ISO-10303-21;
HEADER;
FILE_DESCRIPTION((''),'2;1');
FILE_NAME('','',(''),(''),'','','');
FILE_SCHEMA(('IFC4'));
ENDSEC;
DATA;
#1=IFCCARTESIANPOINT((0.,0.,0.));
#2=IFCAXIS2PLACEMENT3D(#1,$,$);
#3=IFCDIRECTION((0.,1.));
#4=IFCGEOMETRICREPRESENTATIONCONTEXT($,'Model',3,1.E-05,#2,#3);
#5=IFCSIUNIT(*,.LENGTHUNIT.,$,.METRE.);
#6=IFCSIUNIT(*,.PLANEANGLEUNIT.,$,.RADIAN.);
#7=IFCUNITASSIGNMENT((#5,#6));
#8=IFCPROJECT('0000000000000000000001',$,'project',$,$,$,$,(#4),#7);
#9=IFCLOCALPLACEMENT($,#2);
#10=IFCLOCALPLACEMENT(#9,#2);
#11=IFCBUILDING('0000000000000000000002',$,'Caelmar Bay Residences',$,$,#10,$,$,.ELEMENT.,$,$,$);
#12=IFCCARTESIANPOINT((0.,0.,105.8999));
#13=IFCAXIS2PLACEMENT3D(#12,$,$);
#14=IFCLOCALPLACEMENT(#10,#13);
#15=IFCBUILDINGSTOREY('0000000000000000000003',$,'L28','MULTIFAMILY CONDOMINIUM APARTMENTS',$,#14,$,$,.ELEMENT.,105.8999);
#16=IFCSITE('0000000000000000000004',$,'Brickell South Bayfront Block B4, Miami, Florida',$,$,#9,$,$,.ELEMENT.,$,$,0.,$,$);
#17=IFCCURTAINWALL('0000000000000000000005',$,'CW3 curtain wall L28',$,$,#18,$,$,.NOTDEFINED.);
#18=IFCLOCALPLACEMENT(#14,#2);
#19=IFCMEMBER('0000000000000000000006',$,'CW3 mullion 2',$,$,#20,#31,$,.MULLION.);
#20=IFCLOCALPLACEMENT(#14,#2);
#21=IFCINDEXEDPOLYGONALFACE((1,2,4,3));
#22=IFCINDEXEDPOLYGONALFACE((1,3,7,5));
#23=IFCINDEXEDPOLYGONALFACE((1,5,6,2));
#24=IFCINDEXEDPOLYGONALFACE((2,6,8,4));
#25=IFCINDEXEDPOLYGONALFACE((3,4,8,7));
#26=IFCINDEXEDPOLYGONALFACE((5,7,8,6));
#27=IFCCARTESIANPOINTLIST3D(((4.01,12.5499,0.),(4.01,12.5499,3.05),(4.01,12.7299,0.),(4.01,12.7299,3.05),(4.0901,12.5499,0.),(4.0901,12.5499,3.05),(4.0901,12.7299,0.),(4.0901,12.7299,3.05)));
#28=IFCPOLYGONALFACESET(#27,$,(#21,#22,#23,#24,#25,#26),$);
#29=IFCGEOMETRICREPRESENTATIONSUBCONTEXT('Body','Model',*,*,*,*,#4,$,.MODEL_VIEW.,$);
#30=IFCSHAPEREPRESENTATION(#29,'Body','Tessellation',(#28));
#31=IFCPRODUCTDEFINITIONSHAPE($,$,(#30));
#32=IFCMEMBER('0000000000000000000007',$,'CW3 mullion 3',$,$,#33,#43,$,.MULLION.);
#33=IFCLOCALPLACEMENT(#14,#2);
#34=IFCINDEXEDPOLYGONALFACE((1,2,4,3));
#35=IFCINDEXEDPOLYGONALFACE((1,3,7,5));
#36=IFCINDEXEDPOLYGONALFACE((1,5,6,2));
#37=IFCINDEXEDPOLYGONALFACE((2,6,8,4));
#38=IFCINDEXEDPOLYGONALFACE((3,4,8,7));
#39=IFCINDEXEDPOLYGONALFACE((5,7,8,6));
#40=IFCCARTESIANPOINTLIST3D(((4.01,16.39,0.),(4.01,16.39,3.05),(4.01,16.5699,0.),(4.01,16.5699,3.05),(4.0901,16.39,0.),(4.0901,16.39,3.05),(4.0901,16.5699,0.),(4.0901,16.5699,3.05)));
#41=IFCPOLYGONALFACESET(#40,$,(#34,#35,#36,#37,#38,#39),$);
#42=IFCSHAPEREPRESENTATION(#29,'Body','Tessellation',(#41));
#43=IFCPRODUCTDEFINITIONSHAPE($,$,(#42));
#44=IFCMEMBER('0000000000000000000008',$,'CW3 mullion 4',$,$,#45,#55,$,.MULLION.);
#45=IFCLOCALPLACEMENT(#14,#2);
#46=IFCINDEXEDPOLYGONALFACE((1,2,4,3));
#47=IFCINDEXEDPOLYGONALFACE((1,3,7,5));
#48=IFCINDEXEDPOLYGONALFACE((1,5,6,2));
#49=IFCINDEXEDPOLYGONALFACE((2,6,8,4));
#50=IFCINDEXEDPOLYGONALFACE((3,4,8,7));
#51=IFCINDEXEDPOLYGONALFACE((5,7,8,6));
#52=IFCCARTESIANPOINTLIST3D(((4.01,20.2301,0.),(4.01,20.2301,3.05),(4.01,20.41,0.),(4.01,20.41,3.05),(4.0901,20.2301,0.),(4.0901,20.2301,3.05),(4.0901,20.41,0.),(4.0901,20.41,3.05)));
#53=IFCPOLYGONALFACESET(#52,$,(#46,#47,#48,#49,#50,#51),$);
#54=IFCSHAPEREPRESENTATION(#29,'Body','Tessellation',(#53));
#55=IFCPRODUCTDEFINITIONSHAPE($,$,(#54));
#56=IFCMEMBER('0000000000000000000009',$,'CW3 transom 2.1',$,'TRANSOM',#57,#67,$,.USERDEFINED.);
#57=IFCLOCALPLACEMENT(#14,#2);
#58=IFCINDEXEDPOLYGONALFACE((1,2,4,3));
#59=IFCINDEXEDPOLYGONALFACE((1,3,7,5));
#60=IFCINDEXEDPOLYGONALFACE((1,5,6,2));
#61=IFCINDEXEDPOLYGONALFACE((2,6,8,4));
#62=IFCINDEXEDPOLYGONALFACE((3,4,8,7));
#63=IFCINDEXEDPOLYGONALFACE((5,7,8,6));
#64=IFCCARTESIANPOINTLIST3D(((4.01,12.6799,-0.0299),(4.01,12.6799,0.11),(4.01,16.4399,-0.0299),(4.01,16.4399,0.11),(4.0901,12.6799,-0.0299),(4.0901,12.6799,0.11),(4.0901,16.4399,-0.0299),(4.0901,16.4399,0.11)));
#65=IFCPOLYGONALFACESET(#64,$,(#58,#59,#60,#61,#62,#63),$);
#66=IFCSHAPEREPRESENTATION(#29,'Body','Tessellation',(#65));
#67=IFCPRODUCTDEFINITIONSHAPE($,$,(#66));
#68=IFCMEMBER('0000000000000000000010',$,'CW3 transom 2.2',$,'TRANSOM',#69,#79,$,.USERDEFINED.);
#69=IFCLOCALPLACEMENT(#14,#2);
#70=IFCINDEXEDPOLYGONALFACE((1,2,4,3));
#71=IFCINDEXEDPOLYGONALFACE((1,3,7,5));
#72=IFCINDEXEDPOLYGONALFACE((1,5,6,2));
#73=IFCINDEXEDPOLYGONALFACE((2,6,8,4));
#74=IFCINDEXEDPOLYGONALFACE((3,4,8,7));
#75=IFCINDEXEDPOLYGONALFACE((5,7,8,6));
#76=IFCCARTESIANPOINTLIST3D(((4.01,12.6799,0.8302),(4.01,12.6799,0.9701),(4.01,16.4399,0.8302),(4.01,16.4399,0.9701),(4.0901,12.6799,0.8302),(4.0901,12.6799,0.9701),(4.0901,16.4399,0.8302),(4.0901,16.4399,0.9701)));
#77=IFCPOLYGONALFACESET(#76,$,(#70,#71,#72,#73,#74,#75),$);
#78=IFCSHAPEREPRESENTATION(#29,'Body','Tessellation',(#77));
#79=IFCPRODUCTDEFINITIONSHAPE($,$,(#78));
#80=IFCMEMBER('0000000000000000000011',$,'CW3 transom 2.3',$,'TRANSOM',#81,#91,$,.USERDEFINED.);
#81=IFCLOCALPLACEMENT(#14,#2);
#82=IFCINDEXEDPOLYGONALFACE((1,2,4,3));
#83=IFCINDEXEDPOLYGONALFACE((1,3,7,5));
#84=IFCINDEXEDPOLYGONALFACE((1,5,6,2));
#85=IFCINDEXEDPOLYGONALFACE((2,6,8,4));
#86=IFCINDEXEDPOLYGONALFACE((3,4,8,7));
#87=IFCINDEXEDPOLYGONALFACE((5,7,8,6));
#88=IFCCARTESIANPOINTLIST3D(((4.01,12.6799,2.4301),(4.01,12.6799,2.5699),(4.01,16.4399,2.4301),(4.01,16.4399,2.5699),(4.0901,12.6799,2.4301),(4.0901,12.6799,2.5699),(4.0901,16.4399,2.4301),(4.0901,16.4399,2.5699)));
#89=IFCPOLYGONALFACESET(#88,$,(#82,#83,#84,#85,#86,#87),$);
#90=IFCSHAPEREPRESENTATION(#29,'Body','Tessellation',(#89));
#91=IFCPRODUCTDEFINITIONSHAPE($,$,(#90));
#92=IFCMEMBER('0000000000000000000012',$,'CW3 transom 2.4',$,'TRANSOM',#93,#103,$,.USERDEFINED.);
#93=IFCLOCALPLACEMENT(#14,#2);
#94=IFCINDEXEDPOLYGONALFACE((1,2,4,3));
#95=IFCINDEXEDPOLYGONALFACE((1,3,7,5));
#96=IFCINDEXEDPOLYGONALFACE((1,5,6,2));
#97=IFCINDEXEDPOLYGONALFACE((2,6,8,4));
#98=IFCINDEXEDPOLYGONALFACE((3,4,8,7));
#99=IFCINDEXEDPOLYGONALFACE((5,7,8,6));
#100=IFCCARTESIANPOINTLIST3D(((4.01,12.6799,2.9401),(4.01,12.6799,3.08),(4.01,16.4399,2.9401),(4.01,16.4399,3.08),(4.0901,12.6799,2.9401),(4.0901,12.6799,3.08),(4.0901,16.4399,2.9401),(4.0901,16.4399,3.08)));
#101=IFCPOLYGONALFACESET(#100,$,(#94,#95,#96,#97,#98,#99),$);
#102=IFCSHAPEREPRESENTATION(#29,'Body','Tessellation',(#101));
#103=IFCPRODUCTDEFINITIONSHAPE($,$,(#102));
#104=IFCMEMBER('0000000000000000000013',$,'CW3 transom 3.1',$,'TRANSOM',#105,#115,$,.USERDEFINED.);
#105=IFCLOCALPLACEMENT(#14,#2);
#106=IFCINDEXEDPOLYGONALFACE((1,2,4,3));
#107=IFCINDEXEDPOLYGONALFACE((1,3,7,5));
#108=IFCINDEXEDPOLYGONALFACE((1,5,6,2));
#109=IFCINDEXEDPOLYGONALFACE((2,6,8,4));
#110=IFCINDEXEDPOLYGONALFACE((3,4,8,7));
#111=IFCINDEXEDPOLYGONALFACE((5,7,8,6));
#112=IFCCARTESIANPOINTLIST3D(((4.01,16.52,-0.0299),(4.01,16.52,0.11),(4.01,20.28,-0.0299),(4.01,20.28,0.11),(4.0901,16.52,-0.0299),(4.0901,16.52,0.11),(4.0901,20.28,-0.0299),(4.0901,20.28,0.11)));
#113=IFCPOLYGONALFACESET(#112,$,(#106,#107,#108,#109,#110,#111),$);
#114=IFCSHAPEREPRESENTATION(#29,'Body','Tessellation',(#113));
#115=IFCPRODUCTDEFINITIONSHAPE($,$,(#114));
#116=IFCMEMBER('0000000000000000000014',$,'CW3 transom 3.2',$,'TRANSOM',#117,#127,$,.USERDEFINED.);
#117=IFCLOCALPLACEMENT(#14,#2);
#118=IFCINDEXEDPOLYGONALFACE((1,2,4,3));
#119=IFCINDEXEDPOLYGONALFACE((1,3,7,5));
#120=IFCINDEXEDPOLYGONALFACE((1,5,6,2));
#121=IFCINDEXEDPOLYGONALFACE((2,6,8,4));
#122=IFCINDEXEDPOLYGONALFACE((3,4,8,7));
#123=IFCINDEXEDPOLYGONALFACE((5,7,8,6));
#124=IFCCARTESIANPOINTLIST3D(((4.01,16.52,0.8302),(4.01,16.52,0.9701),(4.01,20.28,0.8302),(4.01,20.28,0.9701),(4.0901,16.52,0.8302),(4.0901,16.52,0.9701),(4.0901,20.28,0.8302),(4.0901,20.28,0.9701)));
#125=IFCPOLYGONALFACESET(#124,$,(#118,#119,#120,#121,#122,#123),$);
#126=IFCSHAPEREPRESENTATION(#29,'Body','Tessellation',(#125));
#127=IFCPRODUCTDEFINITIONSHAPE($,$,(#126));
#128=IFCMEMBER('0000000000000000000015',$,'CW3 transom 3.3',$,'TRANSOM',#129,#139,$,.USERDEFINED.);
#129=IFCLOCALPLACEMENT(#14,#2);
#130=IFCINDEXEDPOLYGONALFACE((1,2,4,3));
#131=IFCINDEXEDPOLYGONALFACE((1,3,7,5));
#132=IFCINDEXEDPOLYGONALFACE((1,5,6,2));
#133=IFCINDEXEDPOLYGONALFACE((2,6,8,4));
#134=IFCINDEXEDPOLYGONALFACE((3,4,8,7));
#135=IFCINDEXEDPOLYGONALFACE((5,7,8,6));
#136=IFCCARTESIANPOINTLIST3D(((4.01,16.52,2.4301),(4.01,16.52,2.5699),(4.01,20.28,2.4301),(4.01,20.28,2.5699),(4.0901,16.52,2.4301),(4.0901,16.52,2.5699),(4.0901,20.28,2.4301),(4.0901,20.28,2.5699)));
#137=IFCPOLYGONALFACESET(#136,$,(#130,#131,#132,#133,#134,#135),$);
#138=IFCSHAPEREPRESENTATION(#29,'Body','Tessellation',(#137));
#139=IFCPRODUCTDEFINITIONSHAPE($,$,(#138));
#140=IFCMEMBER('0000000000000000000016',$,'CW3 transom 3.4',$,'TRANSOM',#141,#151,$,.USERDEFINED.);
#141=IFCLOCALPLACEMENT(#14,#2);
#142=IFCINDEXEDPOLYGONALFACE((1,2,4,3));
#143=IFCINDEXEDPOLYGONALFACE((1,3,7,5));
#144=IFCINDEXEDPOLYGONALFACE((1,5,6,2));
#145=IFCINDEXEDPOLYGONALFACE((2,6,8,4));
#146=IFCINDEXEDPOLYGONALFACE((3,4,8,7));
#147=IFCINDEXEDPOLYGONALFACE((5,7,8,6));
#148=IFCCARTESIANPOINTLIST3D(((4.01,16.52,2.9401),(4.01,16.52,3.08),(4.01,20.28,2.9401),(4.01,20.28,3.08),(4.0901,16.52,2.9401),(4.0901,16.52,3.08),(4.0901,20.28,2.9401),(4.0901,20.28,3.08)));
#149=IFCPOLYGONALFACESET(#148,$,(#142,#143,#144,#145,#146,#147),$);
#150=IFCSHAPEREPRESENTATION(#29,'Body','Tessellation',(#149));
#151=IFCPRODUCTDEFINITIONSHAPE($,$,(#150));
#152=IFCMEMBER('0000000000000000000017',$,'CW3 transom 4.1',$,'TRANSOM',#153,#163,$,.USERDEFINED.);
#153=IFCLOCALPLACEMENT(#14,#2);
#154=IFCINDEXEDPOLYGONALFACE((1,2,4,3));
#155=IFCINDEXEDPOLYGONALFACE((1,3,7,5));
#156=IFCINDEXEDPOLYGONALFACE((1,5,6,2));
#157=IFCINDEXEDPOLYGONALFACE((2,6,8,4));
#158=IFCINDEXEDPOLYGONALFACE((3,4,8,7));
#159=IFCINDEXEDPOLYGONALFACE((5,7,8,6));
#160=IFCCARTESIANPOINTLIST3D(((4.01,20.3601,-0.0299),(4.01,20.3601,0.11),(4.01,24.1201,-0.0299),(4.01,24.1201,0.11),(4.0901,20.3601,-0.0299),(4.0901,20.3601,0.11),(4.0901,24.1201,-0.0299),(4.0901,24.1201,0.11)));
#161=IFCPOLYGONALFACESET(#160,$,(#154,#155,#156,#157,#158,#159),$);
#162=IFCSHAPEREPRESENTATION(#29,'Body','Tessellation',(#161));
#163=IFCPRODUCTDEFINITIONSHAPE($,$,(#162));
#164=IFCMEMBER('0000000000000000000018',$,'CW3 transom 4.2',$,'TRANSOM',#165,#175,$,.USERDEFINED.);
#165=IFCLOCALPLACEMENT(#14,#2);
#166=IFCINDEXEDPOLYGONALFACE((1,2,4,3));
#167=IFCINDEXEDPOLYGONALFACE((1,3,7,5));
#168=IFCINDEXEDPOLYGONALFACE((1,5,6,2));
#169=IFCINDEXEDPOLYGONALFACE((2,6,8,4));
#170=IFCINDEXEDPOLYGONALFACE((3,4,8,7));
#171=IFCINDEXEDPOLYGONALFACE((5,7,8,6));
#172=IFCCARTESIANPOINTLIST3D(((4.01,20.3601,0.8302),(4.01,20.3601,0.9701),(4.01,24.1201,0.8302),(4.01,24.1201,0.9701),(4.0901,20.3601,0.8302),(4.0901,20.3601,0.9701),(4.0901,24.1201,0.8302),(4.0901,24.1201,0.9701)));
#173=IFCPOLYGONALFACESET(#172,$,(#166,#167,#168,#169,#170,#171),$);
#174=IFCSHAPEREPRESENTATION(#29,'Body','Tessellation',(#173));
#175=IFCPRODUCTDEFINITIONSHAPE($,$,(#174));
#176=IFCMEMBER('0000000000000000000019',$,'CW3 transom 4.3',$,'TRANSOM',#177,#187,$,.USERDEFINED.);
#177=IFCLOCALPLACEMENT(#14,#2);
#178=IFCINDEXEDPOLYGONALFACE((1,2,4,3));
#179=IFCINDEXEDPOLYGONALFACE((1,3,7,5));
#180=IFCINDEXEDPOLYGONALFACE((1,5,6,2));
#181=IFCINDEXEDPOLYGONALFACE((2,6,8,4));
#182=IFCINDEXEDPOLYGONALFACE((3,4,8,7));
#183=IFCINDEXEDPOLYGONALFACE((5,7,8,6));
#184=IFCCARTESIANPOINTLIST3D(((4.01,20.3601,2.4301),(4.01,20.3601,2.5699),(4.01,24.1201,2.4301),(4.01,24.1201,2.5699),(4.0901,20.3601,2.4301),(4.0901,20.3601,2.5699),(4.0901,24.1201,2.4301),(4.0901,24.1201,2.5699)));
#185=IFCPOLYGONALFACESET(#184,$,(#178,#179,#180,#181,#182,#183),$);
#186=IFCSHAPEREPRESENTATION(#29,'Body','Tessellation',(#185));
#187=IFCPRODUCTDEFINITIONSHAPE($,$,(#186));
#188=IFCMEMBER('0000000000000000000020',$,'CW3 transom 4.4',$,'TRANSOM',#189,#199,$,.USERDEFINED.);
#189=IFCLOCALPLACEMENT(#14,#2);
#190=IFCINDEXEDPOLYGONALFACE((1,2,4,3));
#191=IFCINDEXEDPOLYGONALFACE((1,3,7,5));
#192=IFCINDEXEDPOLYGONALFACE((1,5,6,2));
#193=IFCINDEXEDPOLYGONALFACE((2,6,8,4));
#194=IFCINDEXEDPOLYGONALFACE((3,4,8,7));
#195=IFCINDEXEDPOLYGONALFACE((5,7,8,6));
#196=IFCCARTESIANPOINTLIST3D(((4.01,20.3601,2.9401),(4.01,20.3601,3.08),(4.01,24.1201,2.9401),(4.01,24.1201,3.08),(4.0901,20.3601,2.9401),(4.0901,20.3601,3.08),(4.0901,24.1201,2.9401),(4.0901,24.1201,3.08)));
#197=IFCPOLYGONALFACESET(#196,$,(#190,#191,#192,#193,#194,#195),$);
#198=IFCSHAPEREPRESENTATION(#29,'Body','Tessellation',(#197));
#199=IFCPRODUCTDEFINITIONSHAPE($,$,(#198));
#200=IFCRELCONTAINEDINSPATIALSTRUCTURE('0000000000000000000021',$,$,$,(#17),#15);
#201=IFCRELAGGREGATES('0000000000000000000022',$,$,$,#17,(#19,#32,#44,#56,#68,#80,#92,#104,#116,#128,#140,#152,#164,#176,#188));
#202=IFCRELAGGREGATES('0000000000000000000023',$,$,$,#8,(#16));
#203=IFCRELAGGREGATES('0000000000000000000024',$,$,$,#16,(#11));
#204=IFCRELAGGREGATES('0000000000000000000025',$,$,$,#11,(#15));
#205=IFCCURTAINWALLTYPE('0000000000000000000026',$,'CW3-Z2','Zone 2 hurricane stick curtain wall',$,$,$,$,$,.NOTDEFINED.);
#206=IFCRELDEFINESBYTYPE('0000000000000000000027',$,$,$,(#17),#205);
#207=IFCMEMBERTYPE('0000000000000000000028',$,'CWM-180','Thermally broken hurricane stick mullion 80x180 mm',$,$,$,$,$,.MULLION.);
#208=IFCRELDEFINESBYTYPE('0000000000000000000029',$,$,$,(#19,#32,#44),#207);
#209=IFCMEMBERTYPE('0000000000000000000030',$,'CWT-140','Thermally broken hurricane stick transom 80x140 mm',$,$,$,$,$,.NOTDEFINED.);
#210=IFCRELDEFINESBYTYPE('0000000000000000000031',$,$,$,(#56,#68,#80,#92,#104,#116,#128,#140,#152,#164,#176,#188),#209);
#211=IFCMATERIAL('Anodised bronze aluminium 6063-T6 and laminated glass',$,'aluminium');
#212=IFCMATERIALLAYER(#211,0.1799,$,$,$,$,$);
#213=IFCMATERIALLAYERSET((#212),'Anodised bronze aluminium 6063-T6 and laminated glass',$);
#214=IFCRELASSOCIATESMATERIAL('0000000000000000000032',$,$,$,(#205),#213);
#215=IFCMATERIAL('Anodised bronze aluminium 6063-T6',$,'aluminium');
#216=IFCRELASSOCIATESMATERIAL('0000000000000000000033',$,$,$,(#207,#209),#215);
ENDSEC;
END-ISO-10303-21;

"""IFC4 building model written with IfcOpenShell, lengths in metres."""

from ifc_helpers import new_model, si_unit, direction, frame, origin, origin_2d, place, context, subcontext, project, spatial, rectangle, extrude, material, layer, layer_set, material_profile, profile_set, type_object, element, aggregate, save


model = new_model("IFC4")

# Units and contexts
model_context = context("Model", 3, precision=1e-05, world=origin(), true_north=direction((0.0, 1.0)))
body_context = subcontext(model_context, "Body", "Model", "MODEL_VIEW")
ifc_project = project(units=[si_unit("LENGTHUNIT", "METRE"), si_unit("PLANEANGLEUNIT", "RADIAN")], contexts=[model_context])

# Site, building, storey
site_placement = place(None, origin())
site = spatial("IfcSite", under=ifc_project, at=site_placement, Name="Brickell South Bayfront Block B4, Miami, Florida", CompositionType="ELEMENT", RefElevation=0.0)
building_placement = place(site_placement, origin())
building = spatial("IfcBuilding", under=site, at=building_placement, Name="Caelmar Bay Residences", CompositionType="ELEMENT")
storey_placement = place(building_placement, frame((0.0, 0.0, 105.8999)))
storey = spatial("IfcBuildingStorey", under=building, at=storey_placement, Name="L28", Description="MULTIFAMILY CONDOMINIUM APARTMENTS", CompositionType="ELEMENT", Elevation=105.8999)

# Curtain wall, members
ifc_material_1 = material(Name="Anodised bronze aluminium 6063-T6 and laminated glass", Category="aluminium")
ifc_layer_1 = layer(ifc_material_1, 0.1799)
ifc_layer_set_1 = layer_set([ifc_layer_1], Name="Anodised bronze aluminium 6063-T6 and laminated glass")
curtain_wall_type = type_object("IfcCurtainWallType", Name="CW3-Z2", Description="Zone 2 hurricane stick curtain wall", PredefinedType="NOTDEFINED", material=ifc_layer_set_1)
curtain_wall_placement = place(storey_placement, origin())
curtain_wall = element("IfcCurtainWall", 1, at=curtain_wall_placement, inside=storey, type_object=curtain_wall_type, Name="CW3 curtain wall L28", PredefinedType="NOTDEFINED")
ifc_material_2 = material(Name="Anodised bronze aluminium 6063-T6", Category="aluminium")
ifc_material_profile_1 = material_profile(ifc_material_2, rectangle(XDim=0.0801, YDim=0.1799, at=origin_2d()), Name="CWM-80X180")
ifc_profile_set_1 = profile_set([ifc_material_profile_1], Name="Anodised bronze aluminium 6063-T6")
member_type_1 = type_object("IfcMemberType", Name="CWM-180", Description="Thermally broken hurricane stick mullion 80x180 mm", PredefinedType="MULLION", material=ifc_profile_set_1)
member_1_placement = place(storey_placement, frame((4.05, 12.6399, 0.0), z_axis=(0.0, 0.0, 1.0), x_axis=(-1.0, 0.0, 0.0)))
member_1 = element("IfcMember", 2, at=member_1_placement, type_object=member_type_1, Name="CW3 mullion 2", PredefinedType="MULLION", context=body_context, shape_type="SweptSolid", body=[
    extrude(rectangle(XDim=0.0801, YDim=0.1799, at=origin_2d()), origin(), (0.0, 0.0, 1.0), 3.05),
])
member_2_placement = place(storey_placement, frame((4.05, 16.48, 0.0), z_axis=(0.0, 0.0, 1.0), x_axis=(-1.0, 0.0, 0.0)))
member_2 = element("IfcMember", 3, at=member_2_placement, type_object=member_type_1, Name="CW3 mullion 3", PredefinedType="MULLION", context=body_context, shape_type="SweptSolid", body=[
    extrude(rectangle(XDim=0.0801, YDim=0.1799, at=origin_2d()), origin(), (0.0, 0.0, 1.0), 3.05),
])
member_3_placement = place(storey_placement, frame((4.05, 20.3201, 0.0), z_axis=(0.0, 0.0, 1.0), x_axis=(-1.0, 0.0, 0.0)))
member_3 = element("IfcMember", 4, at=member_3_placement, type_object=member_type_1, Name="CW3 mullion 4", PredefinedType="MULLION", context=body_context, shape_type="SweptSolid", body=[
    extrude(rectangle(XDim=0.0801, YDim=0.1799, at=origin_2d()), origin(), (0.0, 0.0, 1.0), 3.05),
])
ifc_material_profile_2 = material_profile(ifc_material_2, rectangle(XDim=0.0801, YDim=0.1399, at=origin_2d()), Name="CWT-80X140")
ifc_profile_set_2 = profile_set([ifc_material_profile_2], Name="Anodised bronze aluminium 6063-T6")
member_type_2 = type_object("IfcMemberType", Name="CWT-140", Description="Thermally broken hurricane stick transom 80x140 mm", PredefinedType="NOTDEFINED", material=ifc_profile_set_2)
member_4_placement = place(storey_placement, frame((4.05, 12.6799, 0.04), z_axis=(0.0, 1.0, 0.0), x_axis=(-1.0, 0.0, 0.0)))
member_4 = element("IfcMember", 5, at=member_4_placement, type_object=member_type_2, Name="CW3 transom 2.1", ObjectType="TRANSOM", PredefinedType="USERDEFINED", context=body_context, shape_type="SweptSolid", body=[
    extrude(rectangle(XDim=0.0801, YDim=0.1399, at=origin_2d()), origin(), (0.0, 0.0, 1.0), 3.76),
])
member_5_placement = place(storey_placement, frame((4.05, 12.6799, 0.9001), z_axis=(0.0, 1.0, 0.0), x_axis=(-1.0, 0.0, 0.0)))
member_5 = element("IfcMember", 6, at=member_5_placement, type_object=member_type_2, Name="CW3 transom 2.2", ObjectType="TRANSOM", PredefinedType="USERDEFINED", context=body_context, shape_type="SweptSolid", body=[
    extrude(rectangle(XDim=0.0801, YDim=0.1399, at=origin_2d()), origin(), (0.0, 0.0, 1.0), 3.76),
])
member_6_placement = place(storey_placement, frame((4.05, 12.6799, 2.5), z_axis=(0.0, 1.0, 0.0), x_axis=(-1.0, 0.0, 0.0)))
member_6 = element("IfcMember", 7, at=member_6_placement, type_object=member_type_2, Name="CW3 transom 2.3", ObjectType="TRANSOM", PredefinedType="USERDEFINED", context=body_context, shape_type="SweptSolid", body=[
    extrude(rectangle(XDim=0.0801, YDim=0.1399, at=origin_2d()), origin(), (0.0, 0.0, 1.0), 3.76),
])
member_7_placement = place(storey_placement, frame((4.05, 12.6799, 3.01), z_axis=(0.0, 1.0, 0.0), x_axis=(-1.0, 0.0, 0.0)))
member_7 = element("IfcMember", 8, at=member_7_placement, type_object=member_type_2, Name="CW3 transom 2.4", ObjectType="TRANSOM", PredefinedType="USERDEFINED", context=body_context, shape_type="SweptSolid", body=[
    extrude(rectangle(XDim=0.0801, YDim=0.1399, at=origin_2d()), origin(), (0.0, 0.0, 1.0), 3.76),
])
member_8_placement = place(storey_placement, frame((4.05, 16.52, 0.04), z_axis=(0.0, 1.0, 0.0), x_axis=(-1.0, 0.0, 0.0)))
member_8 = element("IfcMember", 9, at=member_8_placement, type_object=member_type_2, Name="CW3 transom 3.1", ObjectType="TRANSOM", PredefinedType="USERDEFINED", context=body_context, shape_type="SweptSolid", body=[
    extrude(rectangle(XDim=0.0801, YDim=0.1399, at=origin_2d()), origin(), (0.0, 0.0, 1.0), 3.76),
])
member_9_placement = place(storey_placement, frame((4.05, 16.52, 0.9001), z_axis=(0.0, 1.0, 0.0), x_axis=(-1.0, 0.0, 0.0)))
member_9 = element("IfcMember", 10, at=member_9_placement, type_object=member_type_2, Name="CW3 transom 3.2", ObjectType="TRANSOM", PredefinedType="USERDEFINED", context=body_context, shape_type="SweptSolid", body=[
    extrude(rectangle(XDim=0.0801, YDim=0.1399, at=origin_2d()), origin(), (0.0, 0.0, 1.0), 3.76),
])
member_10_placement = place(storey_placement, frame((4.05, 16.52, 2.5), z_axis=(0.0, 1.0, 0.0), x_axis=(-1.0, 0.0, 0.0)))
member_10 = element("IfcMember", 11, at=member_10_placement, type_object=member_type_2, Name="CW3 transom 3.3", ObjectType="TRANSOM", PredefinedType="USERDEFINED", context=body_context, shape_type="SweptSolid", body=[
    extrude(rectangle(XDim=0.0801, YDim=0.1399, at=origin_2d()), origin(), (0.0, 0.0, 1.0), 3.76),
])
member_11_placement = place(storey_placement, frame((4.05, 16.52, 3.01), z_axis=(0.0, 1.0, 0.0), x_axis=(-1.0, 0.0, 0.0)))
member_11 = element("IfcMember", 12, at=member_11_placement, type_object=member_type_2, Name="CW3 transom 3.4", ObjectType="TRANSOM", PredefinedType="USERDEFINED", context=body_context, shape_type="SweptSolid", body=[
    extrude(rectangle(XDim=0.0801, YDim=0.1399, at=origin_2d()), origin(), (0.0, 0.0, 1.0), 3.76),
])
member_12_placement = place(storey_placement, frame((4.05, 20.3601, 0.04), z_axis=(0.0, 1.0, 0.0), x_axis=(-1.0, 0.0, 0.0)))
member_12 = element("IfcMember", 13, at=member_12_placement, type_object=member_type_2, Name="CW3 transom 4.1", ObjectType="TRANSOM", PredefinedType="USERDEFINED", context=body_context, shape_type="SweptSolid", body=[
    extrude(rectangle(XDim=0.0801, YDim=0.1399, at=origin_2d()), origin(), (0.0, 0.0, 1.0), 3.76),
])
member_13_placement = place(storey_placement, frame((4.05, 20.3601, 0.9001), z_axis=(0.0, 1.0, 0.0), x_axis=(-1.0, 0.0, 0.0)))
member_13 = element("IfcMember", 14, at=member_13_placement, type_object=member_type_2, Name="CW3 transom 4.2", ObjectType="TRANSOM", PredefinedType="USERDEFINED", context=body_context, shape_type="SweptSolid", body=[
    extrude(rectangle(XDim=0.0801, YDim=0.1399, at=origin_2d()), origin(), (0.0, 0.0, 1.0), 3.76),
])
member_14_placement = place(storey_placement, frame((4.05, 20.3601, 2.5), z_axis=(0.0, 1.0, 0.0), x_axis=(-1.0, 0.0, 0.0)))
member_14 = element("IfcMember", 15, at=member_14_placement, type_object=member_type_2, Name="CW3 transom 4.3", ObjectType="TRANSOM", PredefinedType="USERDEFINED", context=body_context, shape_type="SweptSolid", body=[
    extrude(rectangle(XDim=0.0801, YDim=0.1399, at=origin_2d()), origin(), (0.0, 0.0, 1.0), 3.76),
])
member_15_placement = place(storey_placement, frame((4.05, 20.3601, 3.01), z_axis=(0.0, 1.0, 0.0), x_axis=(-1.0, 0.0, 0.0)))
member_15 = element("IfcMember", 16, at=member_15_placement, type_object=member_type_2, Name="CW3 transom 4.4", ObjectType="TRANSOM", PredefinedType="USERDEFINED", context=body_context, shape_type="SweptSolid", body=[
    extrude(rectangle(XDim=0.0801, YDim=0.1399, at=origin_2d()), origin(), (0.0, 0.0, 1.0), 3.76),
])
aggregate(curtain_wall, [member_1, member_2, member_3, member_4, member_5, member_6, member_7, member_8, member_9, member_10, member_11, member_12, member_13, member_14, member_15])

save(model, "model.ifc")
